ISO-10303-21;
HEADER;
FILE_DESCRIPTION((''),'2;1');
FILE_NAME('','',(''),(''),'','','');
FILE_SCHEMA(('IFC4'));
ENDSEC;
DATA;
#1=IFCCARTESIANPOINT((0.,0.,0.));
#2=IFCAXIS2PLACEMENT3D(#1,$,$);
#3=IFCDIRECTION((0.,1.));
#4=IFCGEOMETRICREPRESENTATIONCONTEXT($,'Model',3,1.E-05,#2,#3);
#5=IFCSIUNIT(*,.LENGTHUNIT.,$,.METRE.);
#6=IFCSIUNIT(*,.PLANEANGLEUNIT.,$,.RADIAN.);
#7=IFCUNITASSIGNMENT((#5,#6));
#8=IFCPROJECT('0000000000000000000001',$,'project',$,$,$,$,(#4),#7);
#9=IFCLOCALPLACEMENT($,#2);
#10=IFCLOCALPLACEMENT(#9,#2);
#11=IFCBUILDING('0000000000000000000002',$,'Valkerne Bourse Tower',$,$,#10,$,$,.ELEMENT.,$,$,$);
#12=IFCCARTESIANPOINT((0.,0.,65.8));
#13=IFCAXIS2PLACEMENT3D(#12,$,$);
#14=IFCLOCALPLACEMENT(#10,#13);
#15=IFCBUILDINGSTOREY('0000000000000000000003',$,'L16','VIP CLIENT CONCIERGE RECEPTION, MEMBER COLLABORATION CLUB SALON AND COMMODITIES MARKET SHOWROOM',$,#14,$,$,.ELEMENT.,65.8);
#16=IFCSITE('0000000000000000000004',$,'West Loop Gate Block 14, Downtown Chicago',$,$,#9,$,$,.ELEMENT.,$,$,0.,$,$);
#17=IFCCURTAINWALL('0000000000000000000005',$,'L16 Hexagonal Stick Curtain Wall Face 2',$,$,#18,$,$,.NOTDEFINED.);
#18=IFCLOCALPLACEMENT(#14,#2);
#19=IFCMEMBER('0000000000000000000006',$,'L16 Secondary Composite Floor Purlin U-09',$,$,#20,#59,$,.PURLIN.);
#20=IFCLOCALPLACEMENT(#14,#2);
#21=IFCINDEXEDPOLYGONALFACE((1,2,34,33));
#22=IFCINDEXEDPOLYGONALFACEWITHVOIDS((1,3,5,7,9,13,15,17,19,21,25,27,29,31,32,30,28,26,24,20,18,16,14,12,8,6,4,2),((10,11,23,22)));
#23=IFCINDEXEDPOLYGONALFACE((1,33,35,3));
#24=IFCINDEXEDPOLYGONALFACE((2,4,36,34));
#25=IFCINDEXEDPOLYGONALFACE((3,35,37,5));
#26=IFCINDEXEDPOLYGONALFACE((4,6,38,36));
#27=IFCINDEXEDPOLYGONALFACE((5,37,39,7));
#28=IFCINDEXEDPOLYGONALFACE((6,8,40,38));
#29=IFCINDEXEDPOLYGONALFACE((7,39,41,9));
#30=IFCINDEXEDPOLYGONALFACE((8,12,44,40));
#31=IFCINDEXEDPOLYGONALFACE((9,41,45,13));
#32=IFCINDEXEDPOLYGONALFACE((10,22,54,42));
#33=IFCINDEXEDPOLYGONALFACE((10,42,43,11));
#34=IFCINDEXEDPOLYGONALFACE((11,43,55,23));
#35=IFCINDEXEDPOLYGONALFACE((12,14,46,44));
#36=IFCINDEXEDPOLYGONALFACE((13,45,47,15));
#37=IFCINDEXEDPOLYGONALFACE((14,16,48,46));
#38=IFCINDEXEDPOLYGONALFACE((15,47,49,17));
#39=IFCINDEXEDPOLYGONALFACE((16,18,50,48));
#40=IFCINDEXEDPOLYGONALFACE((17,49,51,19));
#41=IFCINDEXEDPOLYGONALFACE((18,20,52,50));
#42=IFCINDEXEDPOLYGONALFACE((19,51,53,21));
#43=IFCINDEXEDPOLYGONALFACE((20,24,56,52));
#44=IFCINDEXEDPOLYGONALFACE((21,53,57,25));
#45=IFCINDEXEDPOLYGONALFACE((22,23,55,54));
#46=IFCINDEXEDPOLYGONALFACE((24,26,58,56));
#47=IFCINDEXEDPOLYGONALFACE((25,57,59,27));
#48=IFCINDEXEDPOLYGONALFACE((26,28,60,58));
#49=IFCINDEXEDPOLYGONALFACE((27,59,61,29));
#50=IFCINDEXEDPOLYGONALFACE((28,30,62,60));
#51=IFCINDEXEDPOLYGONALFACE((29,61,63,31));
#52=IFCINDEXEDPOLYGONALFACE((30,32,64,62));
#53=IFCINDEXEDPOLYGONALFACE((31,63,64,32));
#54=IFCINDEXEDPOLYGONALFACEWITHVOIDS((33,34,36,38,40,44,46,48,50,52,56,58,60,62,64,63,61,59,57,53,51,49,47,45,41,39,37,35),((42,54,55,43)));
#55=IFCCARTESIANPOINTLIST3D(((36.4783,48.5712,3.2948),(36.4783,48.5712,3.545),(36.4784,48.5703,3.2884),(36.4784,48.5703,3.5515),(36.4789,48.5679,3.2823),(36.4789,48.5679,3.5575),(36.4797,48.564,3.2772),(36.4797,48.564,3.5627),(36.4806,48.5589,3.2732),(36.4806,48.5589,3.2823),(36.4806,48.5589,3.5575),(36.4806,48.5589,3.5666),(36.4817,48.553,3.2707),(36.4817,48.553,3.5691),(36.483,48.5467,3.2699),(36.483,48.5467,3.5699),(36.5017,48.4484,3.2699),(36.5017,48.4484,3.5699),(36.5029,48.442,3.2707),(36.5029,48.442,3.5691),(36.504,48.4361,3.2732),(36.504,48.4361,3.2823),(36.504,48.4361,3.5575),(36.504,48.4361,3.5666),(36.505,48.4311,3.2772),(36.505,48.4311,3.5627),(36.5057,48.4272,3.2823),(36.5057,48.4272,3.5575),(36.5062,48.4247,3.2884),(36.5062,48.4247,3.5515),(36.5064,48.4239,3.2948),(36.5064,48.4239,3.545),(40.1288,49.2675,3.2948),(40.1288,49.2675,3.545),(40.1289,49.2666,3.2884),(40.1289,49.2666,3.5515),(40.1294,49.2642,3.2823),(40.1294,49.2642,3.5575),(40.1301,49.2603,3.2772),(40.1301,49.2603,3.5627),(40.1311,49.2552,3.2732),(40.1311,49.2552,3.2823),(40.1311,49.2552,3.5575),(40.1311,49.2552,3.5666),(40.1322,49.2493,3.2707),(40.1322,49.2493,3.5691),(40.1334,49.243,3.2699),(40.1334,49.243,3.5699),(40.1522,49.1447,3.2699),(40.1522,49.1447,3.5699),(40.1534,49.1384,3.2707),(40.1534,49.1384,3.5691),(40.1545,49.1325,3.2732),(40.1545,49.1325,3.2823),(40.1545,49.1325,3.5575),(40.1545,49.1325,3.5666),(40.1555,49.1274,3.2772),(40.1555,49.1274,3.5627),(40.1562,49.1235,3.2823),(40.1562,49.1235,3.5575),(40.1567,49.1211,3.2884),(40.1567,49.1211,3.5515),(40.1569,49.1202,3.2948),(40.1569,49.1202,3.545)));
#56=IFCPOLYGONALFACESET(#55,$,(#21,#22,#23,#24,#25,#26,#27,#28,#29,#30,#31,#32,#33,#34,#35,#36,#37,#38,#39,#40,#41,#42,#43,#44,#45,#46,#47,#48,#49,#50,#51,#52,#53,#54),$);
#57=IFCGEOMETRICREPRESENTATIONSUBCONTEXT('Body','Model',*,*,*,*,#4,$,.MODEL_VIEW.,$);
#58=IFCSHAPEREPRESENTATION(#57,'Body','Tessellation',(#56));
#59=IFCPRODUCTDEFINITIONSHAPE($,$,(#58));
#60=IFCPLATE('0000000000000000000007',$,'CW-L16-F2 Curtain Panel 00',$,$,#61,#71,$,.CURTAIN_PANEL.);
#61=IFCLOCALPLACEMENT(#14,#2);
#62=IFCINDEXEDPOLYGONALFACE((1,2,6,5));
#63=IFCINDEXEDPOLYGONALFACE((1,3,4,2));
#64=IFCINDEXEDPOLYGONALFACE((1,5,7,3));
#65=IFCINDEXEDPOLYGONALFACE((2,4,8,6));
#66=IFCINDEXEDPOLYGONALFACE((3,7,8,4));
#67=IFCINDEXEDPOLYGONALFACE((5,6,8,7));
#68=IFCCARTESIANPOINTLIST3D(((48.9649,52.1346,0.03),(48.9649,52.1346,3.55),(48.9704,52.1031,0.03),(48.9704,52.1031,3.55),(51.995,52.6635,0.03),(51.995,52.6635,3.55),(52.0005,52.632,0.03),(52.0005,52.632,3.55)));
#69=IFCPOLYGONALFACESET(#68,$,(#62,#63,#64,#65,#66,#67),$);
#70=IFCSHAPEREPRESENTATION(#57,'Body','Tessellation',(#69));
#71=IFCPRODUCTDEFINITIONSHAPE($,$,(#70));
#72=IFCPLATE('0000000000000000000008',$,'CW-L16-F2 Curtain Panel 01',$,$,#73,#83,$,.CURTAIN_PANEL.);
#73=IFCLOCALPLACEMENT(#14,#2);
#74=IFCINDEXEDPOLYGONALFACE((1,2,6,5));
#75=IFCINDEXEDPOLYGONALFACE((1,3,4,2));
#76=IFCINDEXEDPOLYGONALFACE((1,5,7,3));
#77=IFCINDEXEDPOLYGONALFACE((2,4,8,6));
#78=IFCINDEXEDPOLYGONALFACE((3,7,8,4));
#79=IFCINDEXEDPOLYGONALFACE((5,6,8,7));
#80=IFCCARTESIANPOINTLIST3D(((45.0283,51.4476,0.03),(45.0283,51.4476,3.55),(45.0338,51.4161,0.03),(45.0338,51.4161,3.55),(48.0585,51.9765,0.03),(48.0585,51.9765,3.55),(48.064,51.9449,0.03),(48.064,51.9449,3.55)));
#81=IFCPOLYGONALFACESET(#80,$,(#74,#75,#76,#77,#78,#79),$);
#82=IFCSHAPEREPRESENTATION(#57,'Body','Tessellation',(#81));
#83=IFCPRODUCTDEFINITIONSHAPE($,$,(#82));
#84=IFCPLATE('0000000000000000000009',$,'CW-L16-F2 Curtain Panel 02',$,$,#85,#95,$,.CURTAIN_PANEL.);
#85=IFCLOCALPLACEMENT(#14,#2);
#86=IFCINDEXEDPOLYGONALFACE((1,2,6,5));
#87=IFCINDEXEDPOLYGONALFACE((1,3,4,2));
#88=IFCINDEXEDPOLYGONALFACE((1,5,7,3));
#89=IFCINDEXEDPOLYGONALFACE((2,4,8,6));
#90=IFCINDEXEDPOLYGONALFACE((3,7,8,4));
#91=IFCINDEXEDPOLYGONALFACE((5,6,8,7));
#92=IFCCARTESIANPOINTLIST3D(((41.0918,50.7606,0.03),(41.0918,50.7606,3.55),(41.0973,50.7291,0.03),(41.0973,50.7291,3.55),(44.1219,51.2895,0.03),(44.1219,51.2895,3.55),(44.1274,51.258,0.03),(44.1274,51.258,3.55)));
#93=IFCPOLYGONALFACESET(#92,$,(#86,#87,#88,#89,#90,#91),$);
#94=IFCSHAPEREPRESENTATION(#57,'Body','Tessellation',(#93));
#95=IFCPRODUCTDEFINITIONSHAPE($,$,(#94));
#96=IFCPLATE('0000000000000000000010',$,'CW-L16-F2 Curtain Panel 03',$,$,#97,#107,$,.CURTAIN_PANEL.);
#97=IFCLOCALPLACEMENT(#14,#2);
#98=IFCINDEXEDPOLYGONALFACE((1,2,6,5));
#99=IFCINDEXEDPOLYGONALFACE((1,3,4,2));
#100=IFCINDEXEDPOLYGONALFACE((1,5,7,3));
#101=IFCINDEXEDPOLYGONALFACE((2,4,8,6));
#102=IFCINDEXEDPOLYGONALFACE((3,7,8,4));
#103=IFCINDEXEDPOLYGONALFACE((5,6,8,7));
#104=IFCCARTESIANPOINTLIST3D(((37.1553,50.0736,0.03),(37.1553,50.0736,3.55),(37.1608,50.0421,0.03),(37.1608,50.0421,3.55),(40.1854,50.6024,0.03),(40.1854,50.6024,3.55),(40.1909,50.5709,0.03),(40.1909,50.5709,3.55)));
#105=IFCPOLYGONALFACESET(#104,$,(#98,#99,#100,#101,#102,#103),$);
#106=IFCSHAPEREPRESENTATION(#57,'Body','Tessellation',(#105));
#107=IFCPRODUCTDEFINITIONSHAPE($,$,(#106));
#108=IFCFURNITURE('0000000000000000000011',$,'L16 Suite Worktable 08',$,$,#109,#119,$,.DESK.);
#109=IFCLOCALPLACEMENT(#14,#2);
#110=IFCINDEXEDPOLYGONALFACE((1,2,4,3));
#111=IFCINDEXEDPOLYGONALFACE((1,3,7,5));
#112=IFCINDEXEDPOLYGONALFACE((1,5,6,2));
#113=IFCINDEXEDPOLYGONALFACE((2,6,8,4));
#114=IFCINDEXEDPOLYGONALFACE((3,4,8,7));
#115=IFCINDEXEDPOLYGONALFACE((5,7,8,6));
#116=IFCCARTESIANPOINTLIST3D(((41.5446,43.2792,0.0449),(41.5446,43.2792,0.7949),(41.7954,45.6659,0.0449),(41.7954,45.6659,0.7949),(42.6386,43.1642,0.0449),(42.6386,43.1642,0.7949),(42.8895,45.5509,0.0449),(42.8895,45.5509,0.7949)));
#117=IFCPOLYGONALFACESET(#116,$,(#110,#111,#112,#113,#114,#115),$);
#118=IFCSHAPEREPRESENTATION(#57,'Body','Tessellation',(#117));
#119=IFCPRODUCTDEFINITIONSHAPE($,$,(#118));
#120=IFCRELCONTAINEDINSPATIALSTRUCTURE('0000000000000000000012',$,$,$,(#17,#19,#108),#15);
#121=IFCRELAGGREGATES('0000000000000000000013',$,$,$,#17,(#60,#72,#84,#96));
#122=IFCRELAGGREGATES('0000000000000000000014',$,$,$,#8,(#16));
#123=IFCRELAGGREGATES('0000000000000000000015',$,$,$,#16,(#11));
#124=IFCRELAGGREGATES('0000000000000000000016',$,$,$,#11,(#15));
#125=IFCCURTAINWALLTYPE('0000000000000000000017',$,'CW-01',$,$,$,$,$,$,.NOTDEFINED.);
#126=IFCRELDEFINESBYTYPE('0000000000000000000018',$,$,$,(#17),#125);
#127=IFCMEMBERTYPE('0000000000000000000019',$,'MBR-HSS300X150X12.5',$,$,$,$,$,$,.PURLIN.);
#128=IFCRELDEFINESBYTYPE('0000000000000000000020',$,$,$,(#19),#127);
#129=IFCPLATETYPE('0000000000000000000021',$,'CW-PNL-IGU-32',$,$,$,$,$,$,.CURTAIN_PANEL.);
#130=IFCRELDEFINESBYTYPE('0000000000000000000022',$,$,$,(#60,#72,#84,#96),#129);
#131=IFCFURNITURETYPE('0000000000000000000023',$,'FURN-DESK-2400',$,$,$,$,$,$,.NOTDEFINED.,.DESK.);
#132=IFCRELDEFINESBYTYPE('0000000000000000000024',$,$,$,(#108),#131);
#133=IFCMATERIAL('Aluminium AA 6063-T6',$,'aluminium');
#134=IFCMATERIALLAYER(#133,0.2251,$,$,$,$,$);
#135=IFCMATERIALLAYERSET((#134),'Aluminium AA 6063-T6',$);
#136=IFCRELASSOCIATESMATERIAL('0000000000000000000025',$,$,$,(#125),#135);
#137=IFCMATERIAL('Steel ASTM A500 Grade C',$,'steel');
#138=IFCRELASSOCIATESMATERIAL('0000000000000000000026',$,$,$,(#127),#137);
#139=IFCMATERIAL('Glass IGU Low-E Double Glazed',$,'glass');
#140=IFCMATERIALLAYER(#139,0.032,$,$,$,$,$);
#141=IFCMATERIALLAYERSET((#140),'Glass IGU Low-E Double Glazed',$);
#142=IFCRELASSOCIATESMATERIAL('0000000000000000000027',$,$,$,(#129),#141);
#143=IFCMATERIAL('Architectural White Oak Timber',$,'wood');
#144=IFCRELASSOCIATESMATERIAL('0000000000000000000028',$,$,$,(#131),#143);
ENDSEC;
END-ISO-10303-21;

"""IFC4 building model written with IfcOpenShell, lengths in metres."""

from ifc_helpers import new_model, si_unit, direction, frame, origin, origin_2d, place, context, subcontext, project, spatial, rectangle, hollow_rectangle, extrude, material, layer, layer_set, material_profile, profile_set, type_object, element, aggregate, save


model = new_model("IFC4")

# Units and contexts
model_context = context("Model", 3, precision=1e-05, world=origin(), true_north=direction((0.0, 1.0)))
body_context = subcontext(model_context, "Body", "Model", "MODEL_VIEW")
ifc_project = project(units=[si_unit("LENGTHUNIT", "METRE"), si_unit("PLANEANGLEUNIT", "RADIAN")], contexts=[model_context])

# Site, building, storey
site_placement = place(None, origin())
site = spatial("IfcSite", under=ifc_project, at=site_placement, Name="West Loop Gate Block 14, Downtown Chicago", CompositionType="ELEMENT", RefElevation=0.0)
building_placement = place(site_placement, origin())
building = spatial("IfcBuilding", under=site, at=building_placement, Name="Valkerne Bourse Tower", CompositionType="ELEMENT")
storey_placement = place(building_placement, frame((0.0, 0.0, 65.8)))
storey = spatial("IfcBuildingStorey", under=building, at=storey_placement, Name="L16", Description="VIP CLIENT CONCIERGE RECEPTION, MEMBER COLLABORATION CLUB SALON AND COMMODITIES MARKET SHOWROOM", CompositionType="ELEMENT", Elevation=65.8)

# Curtain wall
ifc_material_1 = material(Name="Aluminium AA 6063-T6", Category="aluminium")
ifc_layer_1 = layer(ifc_material_1, 0.2251)
ifc_layer_set_1 = layer_set([ifc_layer_1], Name="Aluminium AA 6063-T6")
curtain_wall_type = type_object("IfcCurtainWallType", Name="CW-01", PredefinedType="NOTDEFINED", material=ifc_layer_set_1)
curtain_wall_placement = place(storey_placement, origin())
curtain_wall = element("IfcCurtainWall", 1, at=curtain_wall_placement, inside=storey, type_object=curtain_wall_type, Name="L16 Hexagonal Stick Curtain Wall Face 2", PredefinedType="NOTDEFINED")

# Member
ifc_material_2 = material(Name="Steel ASTM A500 Grade C", Category="steel")
ifc_material_profile_1 = material_profile(ifc_material_2, hollow_rectangle(XDim=0.1499, YDim=0.3, WallThickness=0.0125, OuterFilletRadius=0.0249, at=origin_2d()), Name="HSS300X150X12.5")
ifc_profile_set_1 = profile_set([ifc_material_profile_1], Name="Steel ASTM A500 Grade C")
member_type_1 = type_object("IfcMemberType", Name="MBR-HSS300X150X12.5", PredefinedType="PURLIN", material=ifc_profile_set_1)
for number, where, z_axis, x_axis, name in (
    (2, (40.1428, 49.1938, 3.4199), (-0.98229, -0.187366, 0.0), (0.187366, -0.98229, 0.0), "L16 Secondary Composite Floor Purlin U-09"),
):
    element("IfcMember", number, at=place(storey_placement, frame(where, z_axis=z_axis, x_axis=x_axis)), inside=storey, type_object=member_type_1, Name=name, PredefinedType="PURLIN", context=body_context, shape_type="SweptSolid", body=[
        extrude(hollow_rectangle(XDim=0.1499, YDim=0.3, WallThickness=0.0125, OuterFilletRadius=0.0249, at=origin_2d()), origin(), (0.0, 0.0, 1.0), 3.7163),
    ])

# Plates
ifc_material_3 = material(Name="Glass IGU Low-E Double Glazed", Category="glass")
ifc_layer_2 = layer(ifc_material_3, 0.032)
ifc_layer_set_2 = layer_set([ifc_layer_2], Name="Glass IGU Low-E Double Glazed")
plate_type = type_object("IfcPlateType", Name="CW-PNL-IGU-32", PredefinedType="CURTAIN_PANEL", material=ifc_layer_set_2)
plate_1_placement = place(storey_placement, frame((50.4827, 52.3833, 0.03), z_axis=(0.0, 0.0, 1.0), x_axis=(-0.985111, -0.171922, 0.0)))
plate_1 = element("IfcPlate", 3, at=plate_1_placement, type_object=plate_type, Name="CW-L16-F2 Curtain Panel 00", PredefinedType="CURTAIN_PANEL", context=body_context, shape_type="SweptSolid", body=[
    extrude(rectangle(XDim=3.0759, YDim=0.032, at=origin_2d()), origin(), (0.0, 0.0, 1.0), 3.52),
])
plate_2_placement = place(storey_placement, frame((46.5461, 51.6963, 0.03), z_axis=(0.0, 0.0, 1.0), x_axis=(-0.985111, -0.171922, 0.0)))
plate_2 = element("IfcPlate", 4, at=plate_2_placement, type_object=plate_type, Name="CW-L16-F2 Curtain Panel 01", PredefinedType="CURTAIN_PANEL", context=body_context, shape_type="SweptSolid", body=[
    extrude(rectangle(XDim=3.0759, YDim=0.032, at=origin_2d()), origin(), (0.0, 0.0, 1.0), 3.52),
])
plate_3_placement = place(storey_placement, frame((42.6096, 51.0093, 0.03), z_axis=(0.0, 0.0, 1.0), x_axis=(-0.985106, -0.171946, 0.0)))
plate_3 = element("IfcPlate", 5, at=plate_3_placement, type_object=plate_type, Name="CW-L16-F2 Curtain Panel 02", PredefinedType="CURTAIN_PANEL", context=body_context, shape_type="SweptSolid", body=[
    extrude(rectangle(XDim=3.0759, YDim=0.032, at=origin_2d()), origin(), (0.0, 0.0, 1.0), 3.52),
])
plate_4_placement = place(storey_placement, frame((38.6731, 50.3223, 0.03), z_axis=(0.0, 0.0, 1.0), x_axis=(-0.985111, -0.171922, 0.0)))
plate_4 = element("IfcPlate", 6, at=plate_4_placement, type_object=plate_type, Name="CW-L16-F2 Curtain Panel 03", PredefinedType="CURTAIN_PANEL", context=body_context, shape_type="SweptSolid", body=[
    extrude(rectangle(XDim=3.0759, YDim=0.032, at=origin_2d()), origin(), (0.0, 0.0, 1.0), 3.52),
])
aggregate(curtain_wall, [plate_1, plate_2, plate_3, plate_4])

# Furniture
ifc_material_4 = material(Name="Architectural White Oak Timber", Category="wood")
furniture_type = type_object("IfcFurnitureType", Name="FURN-DESK-2400", AssemblyPlace="NOTDEFINED", PredefinedType="DESK", material=ifc_material_4)
furniture_placement = place(storey_placement, frame((42.217, 44.415, 0.0449), z_axis=(0.0, 0.0, 1.0), x_axis=(0.104528, 0.994522, 0.0)))
element("IfcFurniture", 7, at=furniture_placement, inside=storey, type_object=furniture_type, Name="L16 Suite Worktable 08", PredefinedType="DESK", context=body_context, shape_type="SweptSolid", body=[
    extrude(rectangle(XDim=2.3999, YDim=1.1001, at=origin_2d()), origin(), (0.0, 0.0, 1.0), 0.75),
])

save(model, "model.ifc")
